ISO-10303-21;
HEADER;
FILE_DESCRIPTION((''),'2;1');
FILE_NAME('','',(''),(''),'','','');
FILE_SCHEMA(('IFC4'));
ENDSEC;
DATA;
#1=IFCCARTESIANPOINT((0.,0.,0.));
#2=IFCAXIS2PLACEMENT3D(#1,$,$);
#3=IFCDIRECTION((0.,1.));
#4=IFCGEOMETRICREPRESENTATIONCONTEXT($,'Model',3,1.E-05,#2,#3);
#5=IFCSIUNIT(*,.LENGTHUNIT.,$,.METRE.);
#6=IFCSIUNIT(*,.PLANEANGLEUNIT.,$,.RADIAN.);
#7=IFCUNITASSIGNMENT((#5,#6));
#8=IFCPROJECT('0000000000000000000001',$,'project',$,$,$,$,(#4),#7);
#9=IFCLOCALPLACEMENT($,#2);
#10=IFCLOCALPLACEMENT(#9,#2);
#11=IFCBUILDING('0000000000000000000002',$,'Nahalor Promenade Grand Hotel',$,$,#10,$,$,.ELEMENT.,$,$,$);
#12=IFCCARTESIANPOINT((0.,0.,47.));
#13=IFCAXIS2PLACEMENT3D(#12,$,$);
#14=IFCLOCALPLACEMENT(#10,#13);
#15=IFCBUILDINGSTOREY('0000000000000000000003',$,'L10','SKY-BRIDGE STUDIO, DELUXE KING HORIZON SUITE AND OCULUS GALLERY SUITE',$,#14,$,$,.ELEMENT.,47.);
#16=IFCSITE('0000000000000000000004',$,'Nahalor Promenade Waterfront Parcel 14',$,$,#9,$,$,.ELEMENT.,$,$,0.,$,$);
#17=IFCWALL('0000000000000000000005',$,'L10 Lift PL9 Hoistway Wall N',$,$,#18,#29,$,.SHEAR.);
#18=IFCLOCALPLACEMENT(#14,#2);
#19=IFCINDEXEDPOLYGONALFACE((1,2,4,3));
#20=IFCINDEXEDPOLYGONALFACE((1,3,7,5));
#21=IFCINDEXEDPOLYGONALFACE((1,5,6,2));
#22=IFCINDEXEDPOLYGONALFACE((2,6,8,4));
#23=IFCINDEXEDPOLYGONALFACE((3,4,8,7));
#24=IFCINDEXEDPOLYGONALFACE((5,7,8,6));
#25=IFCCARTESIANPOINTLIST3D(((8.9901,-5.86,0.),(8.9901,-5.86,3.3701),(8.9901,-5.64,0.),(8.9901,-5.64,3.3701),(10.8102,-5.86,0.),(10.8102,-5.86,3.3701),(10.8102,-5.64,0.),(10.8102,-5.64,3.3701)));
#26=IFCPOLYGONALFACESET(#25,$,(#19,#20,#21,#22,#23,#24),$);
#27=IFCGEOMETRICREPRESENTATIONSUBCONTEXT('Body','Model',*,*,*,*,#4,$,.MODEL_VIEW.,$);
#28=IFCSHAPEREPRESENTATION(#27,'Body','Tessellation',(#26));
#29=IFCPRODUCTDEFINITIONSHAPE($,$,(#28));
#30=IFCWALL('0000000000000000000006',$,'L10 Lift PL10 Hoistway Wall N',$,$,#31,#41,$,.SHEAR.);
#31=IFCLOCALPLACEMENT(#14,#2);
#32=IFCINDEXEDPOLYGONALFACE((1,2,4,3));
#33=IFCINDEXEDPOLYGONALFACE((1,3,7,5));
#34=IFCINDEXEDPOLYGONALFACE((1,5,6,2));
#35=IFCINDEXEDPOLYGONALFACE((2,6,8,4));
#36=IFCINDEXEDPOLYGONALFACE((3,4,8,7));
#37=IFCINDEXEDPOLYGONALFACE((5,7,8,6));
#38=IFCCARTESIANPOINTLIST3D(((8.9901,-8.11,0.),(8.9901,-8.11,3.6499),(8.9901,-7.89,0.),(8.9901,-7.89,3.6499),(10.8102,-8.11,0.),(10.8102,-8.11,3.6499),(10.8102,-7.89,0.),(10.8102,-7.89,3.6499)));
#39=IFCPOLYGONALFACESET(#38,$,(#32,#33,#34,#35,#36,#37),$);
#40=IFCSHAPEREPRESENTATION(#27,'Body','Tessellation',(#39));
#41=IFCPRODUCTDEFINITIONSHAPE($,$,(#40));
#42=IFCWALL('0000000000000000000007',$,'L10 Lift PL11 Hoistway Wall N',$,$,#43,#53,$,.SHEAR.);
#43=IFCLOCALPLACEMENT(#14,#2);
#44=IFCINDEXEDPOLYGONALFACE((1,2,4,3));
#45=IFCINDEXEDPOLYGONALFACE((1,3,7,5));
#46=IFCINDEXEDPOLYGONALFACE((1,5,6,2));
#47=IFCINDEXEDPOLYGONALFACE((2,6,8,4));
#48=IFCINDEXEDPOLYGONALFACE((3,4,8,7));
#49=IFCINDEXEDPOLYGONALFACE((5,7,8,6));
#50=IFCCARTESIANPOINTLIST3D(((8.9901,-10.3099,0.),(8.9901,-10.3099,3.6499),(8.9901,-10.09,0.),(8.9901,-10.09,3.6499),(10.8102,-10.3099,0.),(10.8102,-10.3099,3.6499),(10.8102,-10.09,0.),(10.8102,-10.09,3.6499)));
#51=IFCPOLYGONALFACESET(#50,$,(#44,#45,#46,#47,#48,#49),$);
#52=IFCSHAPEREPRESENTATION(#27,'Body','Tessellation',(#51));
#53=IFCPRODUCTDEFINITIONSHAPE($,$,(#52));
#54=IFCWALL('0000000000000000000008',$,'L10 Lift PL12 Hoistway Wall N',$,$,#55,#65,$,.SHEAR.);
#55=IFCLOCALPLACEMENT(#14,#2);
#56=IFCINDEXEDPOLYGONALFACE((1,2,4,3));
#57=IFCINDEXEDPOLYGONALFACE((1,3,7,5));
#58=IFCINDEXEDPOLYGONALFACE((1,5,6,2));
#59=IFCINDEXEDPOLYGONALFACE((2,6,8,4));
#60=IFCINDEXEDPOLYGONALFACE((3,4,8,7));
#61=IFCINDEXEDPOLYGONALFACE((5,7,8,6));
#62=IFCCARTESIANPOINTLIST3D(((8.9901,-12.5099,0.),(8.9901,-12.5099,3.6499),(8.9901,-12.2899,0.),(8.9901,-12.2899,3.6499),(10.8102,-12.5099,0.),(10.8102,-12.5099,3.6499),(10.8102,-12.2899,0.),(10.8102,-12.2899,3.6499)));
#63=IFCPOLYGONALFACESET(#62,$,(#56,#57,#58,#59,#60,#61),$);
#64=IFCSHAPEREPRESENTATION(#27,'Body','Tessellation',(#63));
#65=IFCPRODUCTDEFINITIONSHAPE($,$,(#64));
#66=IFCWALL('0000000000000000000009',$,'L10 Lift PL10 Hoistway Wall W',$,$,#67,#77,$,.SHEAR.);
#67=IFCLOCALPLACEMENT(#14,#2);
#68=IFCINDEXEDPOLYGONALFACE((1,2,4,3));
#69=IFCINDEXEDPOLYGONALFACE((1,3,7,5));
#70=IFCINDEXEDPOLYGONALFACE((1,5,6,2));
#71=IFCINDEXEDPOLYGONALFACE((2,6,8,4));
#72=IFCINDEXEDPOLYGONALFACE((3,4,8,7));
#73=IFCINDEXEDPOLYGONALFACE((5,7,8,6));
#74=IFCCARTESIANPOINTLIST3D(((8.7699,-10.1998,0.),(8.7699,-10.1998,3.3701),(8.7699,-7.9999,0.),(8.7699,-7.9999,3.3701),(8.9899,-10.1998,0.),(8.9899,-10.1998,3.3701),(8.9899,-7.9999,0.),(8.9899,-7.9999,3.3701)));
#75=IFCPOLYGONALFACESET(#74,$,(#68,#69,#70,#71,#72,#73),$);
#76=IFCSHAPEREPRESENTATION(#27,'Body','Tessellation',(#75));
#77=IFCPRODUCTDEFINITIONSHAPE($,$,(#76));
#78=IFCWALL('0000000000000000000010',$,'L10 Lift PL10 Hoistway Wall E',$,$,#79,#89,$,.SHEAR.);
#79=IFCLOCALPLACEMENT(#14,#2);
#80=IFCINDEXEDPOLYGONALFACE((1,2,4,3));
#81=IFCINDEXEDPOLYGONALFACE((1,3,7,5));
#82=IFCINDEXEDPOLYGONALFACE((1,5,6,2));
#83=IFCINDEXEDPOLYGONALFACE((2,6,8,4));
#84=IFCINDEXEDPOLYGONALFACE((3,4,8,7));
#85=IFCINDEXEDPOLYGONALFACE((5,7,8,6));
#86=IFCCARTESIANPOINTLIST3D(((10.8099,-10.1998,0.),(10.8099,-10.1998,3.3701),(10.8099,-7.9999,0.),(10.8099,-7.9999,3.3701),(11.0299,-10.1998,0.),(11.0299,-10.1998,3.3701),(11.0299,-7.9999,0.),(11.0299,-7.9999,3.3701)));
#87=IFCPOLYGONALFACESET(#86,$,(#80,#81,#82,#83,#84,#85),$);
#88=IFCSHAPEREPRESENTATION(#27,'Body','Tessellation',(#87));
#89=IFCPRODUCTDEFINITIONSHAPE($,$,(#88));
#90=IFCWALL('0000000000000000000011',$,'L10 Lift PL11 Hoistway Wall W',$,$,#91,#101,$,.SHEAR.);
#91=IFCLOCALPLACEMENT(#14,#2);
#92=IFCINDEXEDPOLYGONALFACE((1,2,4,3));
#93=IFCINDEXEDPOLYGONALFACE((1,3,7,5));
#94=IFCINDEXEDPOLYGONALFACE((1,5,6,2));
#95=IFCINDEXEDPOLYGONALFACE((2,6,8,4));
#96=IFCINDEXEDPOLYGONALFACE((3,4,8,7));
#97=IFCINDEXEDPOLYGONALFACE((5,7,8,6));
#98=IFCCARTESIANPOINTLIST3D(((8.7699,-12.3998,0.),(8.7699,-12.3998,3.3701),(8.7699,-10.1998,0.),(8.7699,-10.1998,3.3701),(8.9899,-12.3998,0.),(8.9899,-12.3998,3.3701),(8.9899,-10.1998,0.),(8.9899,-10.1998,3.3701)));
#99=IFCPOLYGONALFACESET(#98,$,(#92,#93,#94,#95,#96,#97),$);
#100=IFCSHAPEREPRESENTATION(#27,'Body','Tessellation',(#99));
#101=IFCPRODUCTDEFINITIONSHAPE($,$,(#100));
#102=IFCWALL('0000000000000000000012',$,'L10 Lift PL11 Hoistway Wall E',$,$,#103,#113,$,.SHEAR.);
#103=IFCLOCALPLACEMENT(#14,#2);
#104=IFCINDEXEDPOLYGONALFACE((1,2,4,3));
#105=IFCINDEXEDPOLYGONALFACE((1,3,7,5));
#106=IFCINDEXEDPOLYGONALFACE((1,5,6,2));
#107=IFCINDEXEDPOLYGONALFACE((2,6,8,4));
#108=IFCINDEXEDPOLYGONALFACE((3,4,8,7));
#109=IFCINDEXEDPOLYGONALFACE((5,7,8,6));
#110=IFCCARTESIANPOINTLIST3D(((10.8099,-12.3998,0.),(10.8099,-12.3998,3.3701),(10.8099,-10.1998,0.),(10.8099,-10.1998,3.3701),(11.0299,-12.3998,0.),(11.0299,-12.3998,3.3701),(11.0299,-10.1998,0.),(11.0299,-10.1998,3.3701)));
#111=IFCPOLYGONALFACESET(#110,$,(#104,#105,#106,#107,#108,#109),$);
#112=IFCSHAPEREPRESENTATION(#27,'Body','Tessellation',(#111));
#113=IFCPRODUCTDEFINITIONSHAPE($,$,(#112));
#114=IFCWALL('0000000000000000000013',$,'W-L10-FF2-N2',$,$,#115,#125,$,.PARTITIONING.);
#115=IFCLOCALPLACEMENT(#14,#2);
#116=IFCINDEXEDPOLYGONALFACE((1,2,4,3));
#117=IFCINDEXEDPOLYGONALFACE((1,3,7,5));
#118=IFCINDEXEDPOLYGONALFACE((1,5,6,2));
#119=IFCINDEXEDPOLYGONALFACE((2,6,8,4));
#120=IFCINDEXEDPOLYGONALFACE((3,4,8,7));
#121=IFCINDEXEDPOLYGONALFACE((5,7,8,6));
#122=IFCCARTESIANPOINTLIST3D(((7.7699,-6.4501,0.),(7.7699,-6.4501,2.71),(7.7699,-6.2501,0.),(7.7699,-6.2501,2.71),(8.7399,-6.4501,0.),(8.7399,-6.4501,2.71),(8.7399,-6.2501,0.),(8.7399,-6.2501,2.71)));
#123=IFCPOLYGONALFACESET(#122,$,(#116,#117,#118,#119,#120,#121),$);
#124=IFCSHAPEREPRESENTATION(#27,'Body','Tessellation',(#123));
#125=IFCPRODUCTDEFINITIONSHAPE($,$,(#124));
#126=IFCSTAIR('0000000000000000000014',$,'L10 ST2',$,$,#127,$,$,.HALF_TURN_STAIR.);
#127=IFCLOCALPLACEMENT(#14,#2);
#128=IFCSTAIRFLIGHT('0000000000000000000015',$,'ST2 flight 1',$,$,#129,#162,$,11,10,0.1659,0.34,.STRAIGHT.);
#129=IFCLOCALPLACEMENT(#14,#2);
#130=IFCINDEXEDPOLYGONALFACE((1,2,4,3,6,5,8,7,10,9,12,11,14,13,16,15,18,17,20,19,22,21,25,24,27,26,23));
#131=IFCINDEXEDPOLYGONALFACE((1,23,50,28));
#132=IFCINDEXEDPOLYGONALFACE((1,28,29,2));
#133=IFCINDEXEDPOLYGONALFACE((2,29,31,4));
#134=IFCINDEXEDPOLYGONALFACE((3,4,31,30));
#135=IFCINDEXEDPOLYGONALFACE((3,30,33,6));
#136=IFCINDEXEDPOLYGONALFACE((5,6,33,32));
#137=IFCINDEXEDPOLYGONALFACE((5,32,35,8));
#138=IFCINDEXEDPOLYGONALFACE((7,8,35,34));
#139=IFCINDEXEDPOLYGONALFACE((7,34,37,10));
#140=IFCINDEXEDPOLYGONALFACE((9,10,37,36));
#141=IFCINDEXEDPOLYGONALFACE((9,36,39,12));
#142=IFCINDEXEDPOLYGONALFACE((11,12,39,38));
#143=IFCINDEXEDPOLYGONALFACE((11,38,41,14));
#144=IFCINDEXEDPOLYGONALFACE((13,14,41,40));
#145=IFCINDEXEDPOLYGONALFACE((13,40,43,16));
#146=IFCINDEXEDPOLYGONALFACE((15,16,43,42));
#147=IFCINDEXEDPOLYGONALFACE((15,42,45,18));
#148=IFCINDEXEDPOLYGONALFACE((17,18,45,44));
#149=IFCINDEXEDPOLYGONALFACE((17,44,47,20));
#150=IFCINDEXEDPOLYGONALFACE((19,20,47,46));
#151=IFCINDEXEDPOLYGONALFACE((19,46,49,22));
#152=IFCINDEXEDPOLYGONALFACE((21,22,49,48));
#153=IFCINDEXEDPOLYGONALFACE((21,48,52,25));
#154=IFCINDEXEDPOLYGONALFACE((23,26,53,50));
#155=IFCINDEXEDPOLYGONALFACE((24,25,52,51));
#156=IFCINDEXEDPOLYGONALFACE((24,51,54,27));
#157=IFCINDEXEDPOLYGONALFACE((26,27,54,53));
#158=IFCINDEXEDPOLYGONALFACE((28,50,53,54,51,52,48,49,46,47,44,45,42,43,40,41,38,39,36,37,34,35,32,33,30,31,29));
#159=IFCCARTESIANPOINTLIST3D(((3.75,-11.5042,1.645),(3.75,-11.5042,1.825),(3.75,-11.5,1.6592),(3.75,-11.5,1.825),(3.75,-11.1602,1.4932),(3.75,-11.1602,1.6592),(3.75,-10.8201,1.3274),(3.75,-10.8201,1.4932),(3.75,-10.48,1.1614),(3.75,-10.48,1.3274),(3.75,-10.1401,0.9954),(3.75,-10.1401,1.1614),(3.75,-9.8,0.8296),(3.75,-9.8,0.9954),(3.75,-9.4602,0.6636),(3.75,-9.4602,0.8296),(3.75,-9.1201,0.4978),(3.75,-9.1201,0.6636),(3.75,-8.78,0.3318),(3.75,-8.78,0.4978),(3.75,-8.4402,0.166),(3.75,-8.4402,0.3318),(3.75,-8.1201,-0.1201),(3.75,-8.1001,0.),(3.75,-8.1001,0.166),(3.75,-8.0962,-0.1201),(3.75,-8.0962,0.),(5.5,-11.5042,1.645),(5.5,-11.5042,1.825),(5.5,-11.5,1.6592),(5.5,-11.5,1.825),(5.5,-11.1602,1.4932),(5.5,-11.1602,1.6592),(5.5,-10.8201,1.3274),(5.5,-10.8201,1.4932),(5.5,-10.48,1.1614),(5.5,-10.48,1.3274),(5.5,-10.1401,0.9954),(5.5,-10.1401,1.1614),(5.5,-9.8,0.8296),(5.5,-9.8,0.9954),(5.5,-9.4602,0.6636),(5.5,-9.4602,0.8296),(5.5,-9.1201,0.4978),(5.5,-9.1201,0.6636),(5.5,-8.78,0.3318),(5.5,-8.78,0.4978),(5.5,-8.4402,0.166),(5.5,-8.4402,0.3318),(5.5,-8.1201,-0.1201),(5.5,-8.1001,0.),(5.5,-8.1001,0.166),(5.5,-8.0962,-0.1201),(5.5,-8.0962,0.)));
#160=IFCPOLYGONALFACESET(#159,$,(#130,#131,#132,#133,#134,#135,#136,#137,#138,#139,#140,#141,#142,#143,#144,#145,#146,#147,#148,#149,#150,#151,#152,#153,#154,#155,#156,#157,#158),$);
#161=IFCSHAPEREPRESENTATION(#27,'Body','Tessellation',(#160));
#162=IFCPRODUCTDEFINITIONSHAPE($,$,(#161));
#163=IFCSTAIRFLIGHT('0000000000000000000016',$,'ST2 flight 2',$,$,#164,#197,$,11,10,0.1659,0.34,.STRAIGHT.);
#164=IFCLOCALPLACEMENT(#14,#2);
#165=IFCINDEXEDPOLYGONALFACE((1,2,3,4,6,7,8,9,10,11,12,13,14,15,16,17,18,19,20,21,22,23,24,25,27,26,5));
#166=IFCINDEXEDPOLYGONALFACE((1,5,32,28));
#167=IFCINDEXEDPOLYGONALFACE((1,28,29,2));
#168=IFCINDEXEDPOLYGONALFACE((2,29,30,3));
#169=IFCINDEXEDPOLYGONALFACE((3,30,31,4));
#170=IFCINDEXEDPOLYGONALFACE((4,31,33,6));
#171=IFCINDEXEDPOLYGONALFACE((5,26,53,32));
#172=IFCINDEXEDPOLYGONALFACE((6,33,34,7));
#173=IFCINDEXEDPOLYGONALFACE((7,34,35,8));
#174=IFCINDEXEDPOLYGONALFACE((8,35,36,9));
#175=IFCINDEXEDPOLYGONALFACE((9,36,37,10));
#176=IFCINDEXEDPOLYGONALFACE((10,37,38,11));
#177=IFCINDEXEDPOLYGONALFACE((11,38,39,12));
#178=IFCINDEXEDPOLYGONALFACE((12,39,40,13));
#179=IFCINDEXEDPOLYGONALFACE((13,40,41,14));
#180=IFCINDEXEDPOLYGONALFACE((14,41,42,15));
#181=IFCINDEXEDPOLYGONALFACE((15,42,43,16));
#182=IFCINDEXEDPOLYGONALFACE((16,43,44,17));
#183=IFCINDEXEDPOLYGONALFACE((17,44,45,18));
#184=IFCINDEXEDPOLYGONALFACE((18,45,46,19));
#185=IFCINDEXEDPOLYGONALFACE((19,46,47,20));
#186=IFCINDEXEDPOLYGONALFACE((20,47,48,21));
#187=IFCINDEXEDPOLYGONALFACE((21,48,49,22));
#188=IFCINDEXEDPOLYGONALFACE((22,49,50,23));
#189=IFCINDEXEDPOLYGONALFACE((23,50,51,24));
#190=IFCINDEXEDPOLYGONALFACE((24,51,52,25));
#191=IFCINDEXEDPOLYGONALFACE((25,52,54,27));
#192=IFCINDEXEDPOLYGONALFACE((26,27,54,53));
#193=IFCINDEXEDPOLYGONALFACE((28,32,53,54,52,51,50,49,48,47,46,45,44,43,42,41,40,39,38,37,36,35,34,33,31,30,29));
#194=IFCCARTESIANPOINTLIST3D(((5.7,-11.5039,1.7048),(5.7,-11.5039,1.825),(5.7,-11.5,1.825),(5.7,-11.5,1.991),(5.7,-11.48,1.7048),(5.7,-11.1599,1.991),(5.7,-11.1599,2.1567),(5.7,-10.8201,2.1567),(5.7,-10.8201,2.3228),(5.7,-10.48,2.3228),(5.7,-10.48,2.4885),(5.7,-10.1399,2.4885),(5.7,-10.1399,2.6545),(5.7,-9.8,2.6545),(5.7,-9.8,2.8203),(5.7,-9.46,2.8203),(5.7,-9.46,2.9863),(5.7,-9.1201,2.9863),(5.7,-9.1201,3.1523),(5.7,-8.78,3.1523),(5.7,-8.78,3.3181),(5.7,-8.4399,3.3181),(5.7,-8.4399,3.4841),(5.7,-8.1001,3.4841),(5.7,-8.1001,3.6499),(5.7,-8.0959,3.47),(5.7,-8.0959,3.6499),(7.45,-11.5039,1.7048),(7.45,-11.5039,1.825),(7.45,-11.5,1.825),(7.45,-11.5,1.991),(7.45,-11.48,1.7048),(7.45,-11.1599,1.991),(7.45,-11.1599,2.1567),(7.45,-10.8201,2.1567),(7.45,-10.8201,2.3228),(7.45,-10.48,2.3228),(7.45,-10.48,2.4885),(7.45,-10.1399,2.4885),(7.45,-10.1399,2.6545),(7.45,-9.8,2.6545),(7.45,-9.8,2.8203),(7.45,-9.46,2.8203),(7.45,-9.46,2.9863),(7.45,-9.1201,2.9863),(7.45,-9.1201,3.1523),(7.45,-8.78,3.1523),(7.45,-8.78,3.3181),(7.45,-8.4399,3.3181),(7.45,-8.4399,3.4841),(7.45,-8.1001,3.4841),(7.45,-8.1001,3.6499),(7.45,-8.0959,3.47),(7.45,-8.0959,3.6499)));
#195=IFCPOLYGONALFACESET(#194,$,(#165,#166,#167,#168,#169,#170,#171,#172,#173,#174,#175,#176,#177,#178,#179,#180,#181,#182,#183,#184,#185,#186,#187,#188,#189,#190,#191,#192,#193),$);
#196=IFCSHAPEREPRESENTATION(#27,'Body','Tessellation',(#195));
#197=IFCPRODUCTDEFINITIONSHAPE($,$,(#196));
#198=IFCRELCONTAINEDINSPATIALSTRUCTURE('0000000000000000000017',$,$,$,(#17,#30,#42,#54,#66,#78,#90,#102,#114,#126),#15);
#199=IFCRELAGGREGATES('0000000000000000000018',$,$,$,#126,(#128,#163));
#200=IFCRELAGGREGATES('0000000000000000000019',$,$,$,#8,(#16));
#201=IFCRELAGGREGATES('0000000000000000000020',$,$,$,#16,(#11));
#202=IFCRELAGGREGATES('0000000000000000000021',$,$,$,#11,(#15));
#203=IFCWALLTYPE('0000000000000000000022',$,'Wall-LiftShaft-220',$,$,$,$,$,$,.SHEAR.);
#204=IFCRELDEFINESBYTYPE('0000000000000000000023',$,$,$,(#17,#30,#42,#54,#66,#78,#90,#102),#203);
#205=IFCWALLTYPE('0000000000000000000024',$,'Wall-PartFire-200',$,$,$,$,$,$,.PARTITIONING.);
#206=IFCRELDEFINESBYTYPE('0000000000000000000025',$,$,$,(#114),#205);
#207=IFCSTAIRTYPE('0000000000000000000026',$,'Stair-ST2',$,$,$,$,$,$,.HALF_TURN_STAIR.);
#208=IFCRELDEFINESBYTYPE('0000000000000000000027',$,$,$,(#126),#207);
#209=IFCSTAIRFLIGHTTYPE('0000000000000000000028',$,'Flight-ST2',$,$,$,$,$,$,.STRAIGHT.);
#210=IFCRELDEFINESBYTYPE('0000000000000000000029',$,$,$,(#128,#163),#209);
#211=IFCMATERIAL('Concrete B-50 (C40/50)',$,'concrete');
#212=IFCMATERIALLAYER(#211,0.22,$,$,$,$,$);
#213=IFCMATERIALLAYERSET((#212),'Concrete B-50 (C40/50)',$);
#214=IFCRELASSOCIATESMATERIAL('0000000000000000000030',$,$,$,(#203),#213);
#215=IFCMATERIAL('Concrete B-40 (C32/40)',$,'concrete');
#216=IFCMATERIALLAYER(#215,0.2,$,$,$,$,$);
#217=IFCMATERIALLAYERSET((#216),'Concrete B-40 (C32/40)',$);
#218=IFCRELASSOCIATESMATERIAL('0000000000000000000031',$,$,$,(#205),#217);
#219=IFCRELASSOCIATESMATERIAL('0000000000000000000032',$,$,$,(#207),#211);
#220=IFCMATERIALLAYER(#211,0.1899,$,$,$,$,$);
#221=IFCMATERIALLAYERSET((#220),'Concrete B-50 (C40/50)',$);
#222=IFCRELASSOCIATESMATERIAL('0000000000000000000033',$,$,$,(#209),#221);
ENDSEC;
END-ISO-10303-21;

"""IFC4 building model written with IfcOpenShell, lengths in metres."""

from ifc_helpers import new_model, si_unit, direction, frame, frame_2d, origin, place, context, subcontext, project, spatial, polyline, rectangle, outline, extrude, source, transform, mapped, material, layer, layer_set, type_object, element, aggregate, save


model = new_model("IFC4")

# Units and contexts
model_context = context("Model", 3, precision=1e-05, world=origin(), true_north=direction((0.0, 1.0)))
body_context = subcontext(model_context, "Body", "Model", "MODEL_VIEW")
ifc_project = project(units=[si_unit("LENGTHUNIT", "METRE"), si_unit("PLANEANGLEUNIT", "RADIAN")], contexts=[model_context])

# Site, building, storey
site_placement = place(None, origin())
site = spatial("IfcSite", under=ifc_project, at=site_placement, Name="Nahalor Promenade Waterfront Parcel 14", CompositionType="ELEMENT", RefElevation=0.0)
building_placement = place(site_placement, origin())
building = spatial("IfcBuilding", under=site, at=building_placement, Name="Nahalor Promenade Grand Hotel", CompositionType="ELEMENT")
storey_placement = place(building_placement, frame((0.0, 0.0, 47.0)))
storey = spatial("IfcBuildingStorey", under=building, at=storey_placement, Name="L10", Description="SKY-BRIDGE STUDIO, DELUXE KING HORIZON SUITE AND OCULUS GALLERY SUITE", CompositionType="ELEMENT", Elevation=47.0)

# Walls
ifc_material_1 = material(Name="Concrete B-50 (C40/50)", Category="concrete")
ifc_layer_1 = layer(ifc_material_1, 0.22)
ifc_layer_set_1 = layer_set([ifc_layer_1], Name="Concrete B-50 (C40/50)")
wall_type_1 = type_object("IfcWallType", Name="Wall-LiftShaft-220", PredefinedType="SHEAR", material=ifc_layer_set_1)
shared_shape_1 = source(origin(), body_context, "Body", "SweptSolid", [
    extrude(rectangle(XDim=1.8201, YDim=0.22, at=frame_2d((0.9102, 0.0))), origin(), (0.0, 0.0, 1.0), 3.3701),
])
wall_1_placement = place(storey_placement, frame((8.99, -5.75, 0.0), z_axis=(0.0, 0.0, 1.0), x_axis=(1.0, 0.0, 0.0)))
element("IfcWall", 1, at=wall_1_placement, inside=storey, type_object=wall_type_1, Name="L10 Lift PL9 Hoistway Wall N", PredefinedType="SHEAR", context=body_context, shape_type="MappedRepresentation", body=[
    mapped(shared_shape_1, transform((0.0, 0.0, 0.0), scale=1.0)),
])
shared_shape_2 = source(origin(), body_context, "Body", "SweptSolid", [
    extrude(rectangle(XDim=1.8201, YDim=0.22, at=frame_2d((0.9102, 0.0))), origin(), (0.0, 0.0, 1.0), 3.6499),
])
for number, where, z_axis, x_axis, name in (
    (2, (8.99, -8.0, 0.0), (0.0, 0.0, 1.0), (1.0, 0.0, 0.0), "L10 Lift PL10 Hoistway Wall N"),
    (3, (8.99, -10.2, 0.0), (0.0, 0.0, 1.0), (1.0, 0.0, 0.0), "L10 Lift PL11 Hoistway Wall N"),
    (4, (8.99, -12.3999, 0.0), (0.0, 0.0, 1.0), (1.0, 0.0, 0.0), "L10 Lift PL12 Hoistway Wall N"),
):
    element("IfcWall", number, at=place(storey_placement, frame(where, z_axis=z_axis, x_axis=x_axis)), inside=storey, type_object=wall_type_1, Name=name, PredefinedType="SHEAR", context=body_context, shape_type="MappedRepresentation", body=[
        mapped(shared_shape_2, transform((0.0, 0.0, 0.0), scale=1.0)),
    ])
shared_shape_3 = source(origin(), body_context, "Body", "SweptSolid", [
    extrude(rectangle(XDim=2.2, YDim=0.22, at=frame_2d((1.1001, 0.0))), origin(), (0.0, 0.0, 1.0), 3.3701),
])
for number, where, z_axis, x_axis, name in (
    (5, (8.8799, -10.2, 0.0), (0.0, 0.0, 1.0), (0.0, 1.0, 0.0), "L10 Lift PL10 Hoistway Wall W"),
    (6, (10.9199, -10.2, 0.0), (0.0, 0.0, 1.0), (0.0, 1.0, 0.0), "L10 Lift PL10 Hoistway Wall E"),
    (7, (8.8799, -12.3999, 0.0), (0.0, 0.0, 1.0), (0.0, 1.0, 0.0), "L10 Lift PL11 Hoistway Wall W"),
    (8, (10.9199, -12.3999, 0.0), (0.0, 0.0, 1.0), (0.0, 1.0, 0.0), "L10 Lift PL11 Hoistway Wall E"),
):
    element("IfcWall", number, at=place(storey_placement, frame(where, z_axis=z_axis, x_axis=x_axis)), inside=storey, type_object=wall_type_1, Name=name, PredefinedType="SHEAR", context=body_context, shape_type="MappedRepresentation", body=[
        mapped(shared_shape_3, transform((0.0, 0.0, 0.0), scale=1.0)),
    ])
ifc_material_2 = material(Name="Concrete B-40 (C32/40)", Category="concrete")
ifc_layer_2 = layer(ifc_material_2, 0.2)
ifc_layer_set_2 = layer_set([ifc_layer_2], Name="Concrete B-40 (C32/40)")
wall_type_2 = type_object("IfcWallType", Name="Wall-PartFire-200", PredefinedType="PARTITIONING", material=ifc_layer_set_2)
shared_shape_4 = source(origin(), body_context, "Body", "SweptSolid", [
    extrude(rectangle(XDim=0.97, YDim=0.2, at=frame_2d((0.4849, 0.0))), origin(), (0.0, 0.0, 1.0), 2.71),
])
wall_2_placement = place(storey_placement, frame((7.77, -6.3501, 0.0), z_axis=(0.0, 0.0, 1.0), x_axis=(1.0, 0.0, 0.0)))
element("IfcWall", 9, at=wall_2_placement, inside=storey, type_object=wall_type_2, Name="W-L10-FF2-N2", PredefinedType="PARTITIONING", context=body_context, shape_type="MappedRepresentation", body=[
    mapped(shared_shape_4, transform((0.0, 0.0, 0.0), scale=1.0)),
])

# Stair, stair flights
stair_type = type_object("IfcStairType", Name="Stair-ST2", PredefinedType="HALF_TURN_STAIR", material=ifc_material_1)
stair_placement = place(storey_placement, origin())
stair = element("IfcStair", 10, at=stair_placement, inside=storey, type_object=stair_type, Name="L10 ST2", PredefinedType="HALF_TURN_STAIR")
ifc_layer_3 = layer(ifc_material_1, 0.1899)
ifc_layer_set_3 = layer_set([ifc_layer_3], Name="Concrete B-50 (C40/50)")
stair_flight_type = type_object("IfcStairFlightType", Name="Flight-ST2", PredefinedType="STRAIGHT", material=ifc_layer_set_3)
shared_shape_5 = source(origin(), body_context, "Body", "SweptSolid", [
    extrude(outline(polyline([(-0.0039, -0.1201), (-0.0039, 0.0), (0.0, 0.0), (0.0, 0.166), (0.3401, 0.166), (0.3401, 0.3318), (0.6799, 0.3318), (0.6799, 0.4978), (1.02, 0.4978), (1.02, 0.6636), (1.3601, 0.6636), (1.3601, 0.8296), (1.7, 0.8296), (1.7, 0.9954), (2.04, 0.9954), (2.04, 1.1614), (2.3799, 1.1614), (2.3799, 1.3274), (2.72, 1.3274), (2.72, 1.4932), (3.0601, 1.4932), (3.0601, 1.6592), (3.3999, 1.6592), (3.3999, 1.825), (3.4041, 1.825), (3.4041, 1.645), (0.02, -0.1201), (-0.0039, -0.1201)])), frame((0.0, 0.875, 0.0), z_axis=(0.0, -1.0, 0.0), x_axis=(1.0, 0.0, 0.0)), (0.0, 0.0, 1.0), 1.75),
])
stair_flight_1_placement = place(storey_placement, frame((4.625, -8.1001, 0.0), z_axis=(0.0, 0.0, 1.0), x_axis=(0.0, -1.0, 0.0)))
stair_flight_1 = element("IfcStairFlight", 11, at=stair_flight_1_placement, type_object=stair_flight_type, Name="ST2 flight 1", NumberOfRisers=11, NumberOfTreads=10, PredefinedType="STRAIGHT", RiserHeight=0.1659, TreadLength=0.34, context=body_context, shape_type="MappedRepresentation", body=[
    mapped(shared_shape_5, transform((0.0, 0.0, 0.0), scale=1.0)),
])
stair_flight_2_placement = place(storey_placement, frame((6.575, -11.5, 1.825), z_axis=(0.0, 0.0, 1.0), x_axis=(0.0, 1.0, 0.0)))
stair_flight_2 = element("IfcStairFlight", 12, at=stair_flight_2_placement, type_object=stair_flight_type, Name="ST2 flight 2", NumberOfRisers=11, NumberOfTreads=10, PredefinedType="STRAIGHT", RiserHeight=0.1659, TreadLength=0.34, context=body_context, shape_type="MappedRepresentation", body=[
    mapped(shared_shape_5, transform((0.0, 0.0, 0.0), scale=1.0)),
])
aggregate(stair, [stair_flight_1, stair_flight_2])

save(model, "model.ifc")
